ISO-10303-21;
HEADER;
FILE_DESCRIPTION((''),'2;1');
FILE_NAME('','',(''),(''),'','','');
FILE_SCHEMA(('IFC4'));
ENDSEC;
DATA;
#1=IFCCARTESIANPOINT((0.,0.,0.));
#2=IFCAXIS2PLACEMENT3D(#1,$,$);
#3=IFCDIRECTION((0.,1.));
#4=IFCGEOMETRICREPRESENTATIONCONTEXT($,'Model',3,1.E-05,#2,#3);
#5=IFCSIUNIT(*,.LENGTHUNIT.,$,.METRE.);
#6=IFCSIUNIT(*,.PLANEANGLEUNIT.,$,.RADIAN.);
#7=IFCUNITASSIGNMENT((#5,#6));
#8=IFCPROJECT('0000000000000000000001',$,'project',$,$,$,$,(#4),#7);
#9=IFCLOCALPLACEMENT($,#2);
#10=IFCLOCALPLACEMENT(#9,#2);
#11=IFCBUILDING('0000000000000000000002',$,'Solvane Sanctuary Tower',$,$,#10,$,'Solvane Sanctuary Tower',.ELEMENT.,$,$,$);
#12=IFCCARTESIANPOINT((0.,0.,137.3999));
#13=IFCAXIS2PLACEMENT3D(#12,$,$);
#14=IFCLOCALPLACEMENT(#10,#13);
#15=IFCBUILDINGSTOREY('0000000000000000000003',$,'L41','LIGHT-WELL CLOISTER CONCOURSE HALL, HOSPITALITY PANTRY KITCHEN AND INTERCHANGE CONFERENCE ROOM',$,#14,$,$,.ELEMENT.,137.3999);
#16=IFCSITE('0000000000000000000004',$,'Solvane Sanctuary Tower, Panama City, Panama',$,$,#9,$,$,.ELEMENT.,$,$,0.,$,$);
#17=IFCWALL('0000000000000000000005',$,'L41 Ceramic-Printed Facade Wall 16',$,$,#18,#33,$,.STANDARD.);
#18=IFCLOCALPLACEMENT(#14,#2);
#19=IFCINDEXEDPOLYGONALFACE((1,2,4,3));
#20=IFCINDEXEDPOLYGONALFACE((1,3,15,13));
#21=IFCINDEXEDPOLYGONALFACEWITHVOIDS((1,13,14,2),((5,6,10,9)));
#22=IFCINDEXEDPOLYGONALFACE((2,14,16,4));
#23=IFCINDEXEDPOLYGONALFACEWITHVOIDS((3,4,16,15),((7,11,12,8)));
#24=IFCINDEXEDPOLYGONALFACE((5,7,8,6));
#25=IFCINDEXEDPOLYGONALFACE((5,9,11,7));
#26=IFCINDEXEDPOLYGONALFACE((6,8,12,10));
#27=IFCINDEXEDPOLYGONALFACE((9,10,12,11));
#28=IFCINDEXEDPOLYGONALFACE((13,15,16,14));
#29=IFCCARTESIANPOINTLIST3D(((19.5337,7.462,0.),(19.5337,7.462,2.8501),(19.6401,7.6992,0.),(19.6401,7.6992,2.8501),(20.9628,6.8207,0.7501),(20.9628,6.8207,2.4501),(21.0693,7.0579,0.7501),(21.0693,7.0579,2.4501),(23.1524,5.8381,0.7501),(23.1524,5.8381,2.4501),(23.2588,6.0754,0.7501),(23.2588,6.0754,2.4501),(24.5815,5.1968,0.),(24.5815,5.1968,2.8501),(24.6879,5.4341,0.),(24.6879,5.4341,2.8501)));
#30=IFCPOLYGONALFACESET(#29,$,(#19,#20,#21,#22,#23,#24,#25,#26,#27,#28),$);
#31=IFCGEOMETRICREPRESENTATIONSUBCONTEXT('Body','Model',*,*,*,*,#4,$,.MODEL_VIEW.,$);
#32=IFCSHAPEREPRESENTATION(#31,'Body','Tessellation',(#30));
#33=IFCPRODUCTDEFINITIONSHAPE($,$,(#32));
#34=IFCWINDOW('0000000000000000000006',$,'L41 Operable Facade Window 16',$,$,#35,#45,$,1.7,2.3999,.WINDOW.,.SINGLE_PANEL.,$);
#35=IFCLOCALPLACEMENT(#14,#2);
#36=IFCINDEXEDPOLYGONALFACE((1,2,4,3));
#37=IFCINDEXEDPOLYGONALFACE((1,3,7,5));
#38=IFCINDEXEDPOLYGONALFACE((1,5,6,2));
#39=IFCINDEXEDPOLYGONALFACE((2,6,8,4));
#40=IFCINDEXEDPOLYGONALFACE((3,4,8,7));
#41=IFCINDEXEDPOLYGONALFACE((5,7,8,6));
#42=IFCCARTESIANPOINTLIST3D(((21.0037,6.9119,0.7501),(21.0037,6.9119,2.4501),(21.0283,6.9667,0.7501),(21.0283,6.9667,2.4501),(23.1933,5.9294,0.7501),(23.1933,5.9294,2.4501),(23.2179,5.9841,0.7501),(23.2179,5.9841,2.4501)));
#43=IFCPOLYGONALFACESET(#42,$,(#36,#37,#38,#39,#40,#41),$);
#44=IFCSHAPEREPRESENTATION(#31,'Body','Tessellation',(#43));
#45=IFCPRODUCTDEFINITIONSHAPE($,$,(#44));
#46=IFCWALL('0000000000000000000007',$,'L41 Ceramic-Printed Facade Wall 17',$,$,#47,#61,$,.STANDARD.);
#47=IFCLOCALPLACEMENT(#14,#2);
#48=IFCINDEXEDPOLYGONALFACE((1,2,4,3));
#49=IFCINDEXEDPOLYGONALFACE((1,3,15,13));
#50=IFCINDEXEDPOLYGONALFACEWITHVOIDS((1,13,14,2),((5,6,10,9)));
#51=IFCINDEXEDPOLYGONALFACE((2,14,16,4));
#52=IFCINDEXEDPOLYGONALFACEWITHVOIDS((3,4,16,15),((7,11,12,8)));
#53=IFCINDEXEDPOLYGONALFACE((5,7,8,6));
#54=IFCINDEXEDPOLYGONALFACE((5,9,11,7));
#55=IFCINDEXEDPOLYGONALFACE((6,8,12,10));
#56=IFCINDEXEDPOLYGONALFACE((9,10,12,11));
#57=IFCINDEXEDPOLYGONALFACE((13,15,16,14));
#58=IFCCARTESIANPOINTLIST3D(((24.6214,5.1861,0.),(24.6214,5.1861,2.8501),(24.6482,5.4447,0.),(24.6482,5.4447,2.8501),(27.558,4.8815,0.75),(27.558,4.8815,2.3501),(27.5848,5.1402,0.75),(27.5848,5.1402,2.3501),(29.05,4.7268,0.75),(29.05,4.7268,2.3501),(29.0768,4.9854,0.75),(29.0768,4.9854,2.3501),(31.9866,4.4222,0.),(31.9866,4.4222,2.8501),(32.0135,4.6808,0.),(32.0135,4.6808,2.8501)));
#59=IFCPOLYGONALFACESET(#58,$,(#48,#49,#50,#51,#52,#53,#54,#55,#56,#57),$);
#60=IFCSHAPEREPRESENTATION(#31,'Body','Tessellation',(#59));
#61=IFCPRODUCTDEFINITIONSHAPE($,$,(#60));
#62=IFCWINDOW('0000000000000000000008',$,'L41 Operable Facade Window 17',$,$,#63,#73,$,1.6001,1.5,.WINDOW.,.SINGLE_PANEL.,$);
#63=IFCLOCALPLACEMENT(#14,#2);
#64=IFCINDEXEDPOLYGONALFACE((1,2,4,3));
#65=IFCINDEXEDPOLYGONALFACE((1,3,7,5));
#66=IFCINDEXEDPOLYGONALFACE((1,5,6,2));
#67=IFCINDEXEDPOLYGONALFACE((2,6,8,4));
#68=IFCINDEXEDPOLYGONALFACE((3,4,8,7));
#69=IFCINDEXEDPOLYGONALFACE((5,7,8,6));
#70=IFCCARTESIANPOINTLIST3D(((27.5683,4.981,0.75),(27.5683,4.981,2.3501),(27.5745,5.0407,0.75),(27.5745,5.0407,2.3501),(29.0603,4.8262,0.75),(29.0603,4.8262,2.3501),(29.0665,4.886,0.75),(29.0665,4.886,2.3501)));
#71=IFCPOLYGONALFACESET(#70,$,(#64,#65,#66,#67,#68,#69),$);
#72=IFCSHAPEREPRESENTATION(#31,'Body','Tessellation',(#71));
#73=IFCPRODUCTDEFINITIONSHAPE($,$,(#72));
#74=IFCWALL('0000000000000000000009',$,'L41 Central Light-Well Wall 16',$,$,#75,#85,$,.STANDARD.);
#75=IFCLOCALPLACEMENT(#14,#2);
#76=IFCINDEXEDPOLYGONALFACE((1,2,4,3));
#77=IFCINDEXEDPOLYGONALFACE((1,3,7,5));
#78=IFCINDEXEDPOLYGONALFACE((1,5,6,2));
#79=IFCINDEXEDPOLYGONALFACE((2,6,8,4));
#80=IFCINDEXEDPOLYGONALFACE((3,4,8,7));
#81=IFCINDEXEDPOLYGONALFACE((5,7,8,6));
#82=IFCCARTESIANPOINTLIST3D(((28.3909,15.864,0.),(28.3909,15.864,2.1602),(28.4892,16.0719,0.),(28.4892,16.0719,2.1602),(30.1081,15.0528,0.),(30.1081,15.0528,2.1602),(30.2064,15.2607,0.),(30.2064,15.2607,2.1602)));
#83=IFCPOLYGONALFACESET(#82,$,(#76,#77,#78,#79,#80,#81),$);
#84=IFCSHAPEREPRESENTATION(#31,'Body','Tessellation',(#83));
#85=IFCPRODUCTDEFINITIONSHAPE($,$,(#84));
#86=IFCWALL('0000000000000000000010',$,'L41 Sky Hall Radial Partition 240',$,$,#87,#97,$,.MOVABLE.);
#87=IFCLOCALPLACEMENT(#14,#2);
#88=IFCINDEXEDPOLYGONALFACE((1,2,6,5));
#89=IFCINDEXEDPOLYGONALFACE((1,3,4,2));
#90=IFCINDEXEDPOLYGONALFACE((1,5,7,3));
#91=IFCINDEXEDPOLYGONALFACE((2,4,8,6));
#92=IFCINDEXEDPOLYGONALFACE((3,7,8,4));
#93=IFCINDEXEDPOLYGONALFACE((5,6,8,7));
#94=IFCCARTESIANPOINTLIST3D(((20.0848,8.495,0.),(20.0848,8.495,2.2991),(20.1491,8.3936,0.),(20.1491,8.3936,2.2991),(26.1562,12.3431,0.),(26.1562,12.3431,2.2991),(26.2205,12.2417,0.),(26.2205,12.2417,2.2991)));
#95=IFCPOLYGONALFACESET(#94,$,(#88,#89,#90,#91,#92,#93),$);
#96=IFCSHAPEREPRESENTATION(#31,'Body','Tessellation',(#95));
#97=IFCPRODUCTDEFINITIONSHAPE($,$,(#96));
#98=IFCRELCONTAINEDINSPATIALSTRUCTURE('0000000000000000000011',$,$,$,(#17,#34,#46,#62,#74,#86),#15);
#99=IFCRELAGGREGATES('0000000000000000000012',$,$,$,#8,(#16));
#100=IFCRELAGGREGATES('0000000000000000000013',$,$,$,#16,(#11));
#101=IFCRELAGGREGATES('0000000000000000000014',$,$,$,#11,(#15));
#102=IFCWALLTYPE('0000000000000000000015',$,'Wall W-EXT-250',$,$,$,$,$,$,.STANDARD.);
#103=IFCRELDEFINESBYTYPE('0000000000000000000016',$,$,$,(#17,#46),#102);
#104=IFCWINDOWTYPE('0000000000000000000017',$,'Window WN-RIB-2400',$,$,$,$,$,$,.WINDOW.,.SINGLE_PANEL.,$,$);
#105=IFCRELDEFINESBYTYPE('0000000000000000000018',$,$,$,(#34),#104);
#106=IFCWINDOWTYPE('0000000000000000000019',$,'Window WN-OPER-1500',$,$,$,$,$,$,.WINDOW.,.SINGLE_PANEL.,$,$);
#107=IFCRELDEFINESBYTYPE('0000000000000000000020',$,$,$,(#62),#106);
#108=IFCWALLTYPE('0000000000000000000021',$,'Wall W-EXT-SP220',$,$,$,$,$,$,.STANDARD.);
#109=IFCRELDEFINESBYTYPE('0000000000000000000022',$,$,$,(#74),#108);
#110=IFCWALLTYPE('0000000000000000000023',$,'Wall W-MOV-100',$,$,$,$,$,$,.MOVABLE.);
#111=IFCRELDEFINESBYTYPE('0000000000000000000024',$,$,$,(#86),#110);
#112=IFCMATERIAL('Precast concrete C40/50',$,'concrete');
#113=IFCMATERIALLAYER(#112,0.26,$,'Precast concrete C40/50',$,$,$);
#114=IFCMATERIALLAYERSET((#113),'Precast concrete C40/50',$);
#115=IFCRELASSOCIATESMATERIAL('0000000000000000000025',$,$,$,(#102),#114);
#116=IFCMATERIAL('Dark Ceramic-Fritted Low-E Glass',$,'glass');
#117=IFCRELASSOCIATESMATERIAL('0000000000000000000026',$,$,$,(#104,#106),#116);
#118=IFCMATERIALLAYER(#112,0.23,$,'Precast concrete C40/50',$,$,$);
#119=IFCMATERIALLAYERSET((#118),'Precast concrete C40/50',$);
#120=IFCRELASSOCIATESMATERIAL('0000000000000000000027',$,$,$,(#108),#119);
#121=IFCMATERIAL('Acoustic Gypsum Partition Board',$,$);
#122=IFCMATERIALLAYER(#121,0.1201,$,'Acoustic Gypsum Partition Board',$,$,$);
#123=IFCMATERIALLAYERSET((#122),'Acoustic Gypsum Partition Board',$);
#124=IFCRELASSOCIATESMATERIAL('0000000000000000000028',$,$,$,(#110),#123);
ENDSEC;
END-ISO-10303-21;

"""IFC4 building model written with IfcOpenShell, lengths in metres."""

from ifc_helpers import new_model, si_unit, direction, frame, frame_2d, origin, place, context, subcontext, project, spatial, rectangle, extrude, material, layer, layer_set, type_object, element, fill, save


model = new_model("IFC4")

# Units and contexts
model_context = context("Model", 3, precision=1e-05, world=origin(), true_north=direction((0.0, 1.0)))
body_context = subcontext(model_context, "Body", "Model", "MODEL_VIEW")
ifc_project = project(units=[si_unit("LENGTHUNIT", "METRE"), si_unit("PLANEANGLEUNIT", "RADIAN")], contexts=[model_context])

# Site, building, storey
site_placement = place(None, origin())
site = spatial("IfcSite", under=ifc_project, at=site_placement, Name="Solvane Sanctuary Tower, Panama City, Panama", CompositionType="ELEMENT", RefElevation=0.0)
building_placement = place(site_placement, origin())
building = spatial("IfcBuilding", under=site, at=building_placement, Name="Solvane Sanctuary Tower", LongName="Solvane Sanctuary Tower", CompositionType="ELEMENT")
storey_placement = place(building_placement, frame((0.0, 0.0, 137.3999)))
storey = spatial("IfcBuildingStorey", under=building, at=storey_placement, Name="L41", Description="LIGHT-WELL CLOISTER CONCOURSE HALL, HOSPITALITY PANTRY KITCHEN AND INTERCHANGE CONFERENCE ROOM", CompositionType="ELEMENT", Elevation=137.3999)

# Shared definitions
ifc_material_1 = material(Name="Acoustic Gypsum Partition Board")

# Walls, openings, windows
ifc_material_2 = material(Name="Precast concrete C40/50", Category="concrete")
ifc_layer_1 = layer(ifc_material_2, 0.26, Name="Precast concrete C40/50")
ifc_layer_set_1 = layer_set([ifc_layer_1], Name="Precast concrete C40/50")
wall_type_1 = type_object("IfcWallType", Name="Wall W-EXT-250", PredefinedType="STANDARD", material=ifc_layer_set_1)
wall_1_placement = place(storey_placement, frame((19.5869, 7.5806, 0.0), z_axis=(0.0, 0.0, 1.0), x_axis=(0.912354, -0.409403, 0.0)))
wall_1 = element("IfcWall", 1, at=wall_1_placement, inside=storey, type_object=wall_type_1, Name="L41 Ceramic-Printed Facade Wall 16", PredefinedType="STANDARD", context=body_context, shape_type="SweptSolid", body=[
    extrude(rectangle(XDim=5.5327, YDim=0.26, at=frame_2d((2.7664, 0.0))), origin(), (0.0, 0.0, 1.0), 2.8501),
])
opening_1_placement = place(wall_1_placement, frame((1.5664, 0.0, 0.75)))
opening_1 = element("IfcOpeningElement", 2, at=opening_1_placement, cuts=wall_1, PredefinedType="OPENING", context=body_context, shape_type="SweptSolid", body=[
    extrude(rectangle(XDim=2.3999, YDim=1.7, at=frame_2d((1.2, 0.8501))), frame((0.0, 0.1399, 0.0), z_axis=(0.0, -1.0, 0.0), x_axis=(1.0, 0.0, 0.0)), (0.0, 0.0, 1.0), 0.28),
])
ifc_material_3 = material(Name="Dark Ceramic-Fritted Low-E Glass", Category="glass")
window_type_1 = type_object("IfcWindowType", Name="Window WN-RIB-2400", PartitioningType="SINGLE_PANEL", PredefinedType="WINDOW", material=ifc_material_3)
window_1_placement = place(opening_1_placement, origin())
window_1 = element("IfcWindow", 3, at=window_1_placement, inside=storey, type_object=window_type_1, Name="L41 Operable Facade Window 16", OverallHeight=1.7, OverallWidth=2.3999, PartitioningType="SINGLE_PANEL", PredefinedType="WINDOW", context=body_context, shape_type="SweptSolid", body=[
    extrude(rectangle(XDim=2.3999, YDim=1.7, at=frame_2d((1.2, 0.8501))), frame((0.0, 0.03, 0.0), z_axis=(0.0, -1.0, 0.0), x_axis=(1.0, 0.0, 0.0)), (0.0, 0.0, 1.0), 0.0601),
])
fill(opening_1, window_1)
wall_2_placement = place(storey_placement, frame((24.6348, 5.3154, 0.0), z_axis=(0.0, 0.0, 1.0), x_axis=(0.994664, -0.103166, 0.0)))
wall_2 = element("IfcWall", 4, at=wall_2_placement, inside=storey, type_object=wall_type_1, Name="L41 Ceramic-Printed Facade Wall 17", PredefinedType="STANDARD", context=body_context, shape_type="SweptSolid", body=[
    extrude(rectangle(XDim=7.4048, YDim=0.26, at=frame_2d((3.7024, 0.0))), origin(), (0.0, 0.0, 1.0), 2.8501),
])
opening_2_placement = place(wall_2_placement, frame((2.9524, 0.0, 0.75)))
opening_2 = element("IfcOpeningElement", 5, at=opening_2_placement, cuts=wall_2, PredefinedType="OPENING", context=body_context, shape_type="SweptSolid", body=[
    extrude(rectangle(XDim=1.5, YDim=1.6001, at=frame_2d((0.75, 0.8))), frame((0.0, 0.1399, 0.0), z_axis=(0.0, -1.0, 0.0), x_axis=(1.0, 0.0, 0.0)), (0.0, 0.0, 1.0), 0.28),
])
window_type_2 = type_object("IfcWindowType", Name="Window WN-OPER-1500", PartitioningType="SINGLE_PANEL", PredefinedType="WINDOW", material=ifc_material_3)
window_2_placement = place(opening_2_placement, origin())
window_2 = element("IfcWindow", 6, at=window_2_placement, inside=storey, type_object=window_type_2, Name="L41 Operable Facade Window 17", OverallHeight=1.6001, OverallWidth=1.5, PartitioningType="SINGLE_PANEL", PredefinedType="WINDOW", context=body_context, shape_type="SweptSolid", body=[
    extrude(rectangle(XDim=1.5, YDim=1.6001, at=frame_2d((0.75, 0.8))), frame((0.0, 0.03, 0.0), z_axis=(0.0, -1.0, 0.0), x_axis=(1.0, 0.0, 0.0)), (0.0, 0.0, 1.0), 0.0601),
])
fill(opening_2, window_2)

# Walls
ifc_layer_2 = layer(ifc_material_2, 0.23, Name="Precast concrete C40/50")
ifc_layer_set_2 = layer_set([ifc_layer_2], Name="Precast concrete C40/50")
wall_type_2 = type_object("IfcWallType", Name="Wall W-EXT-SP220", PredefinedType="STANDARD", material=ifc_layer_set_2)
wall_3_placement = place(storey_placement, frame((28.4399, 15.968, 0.0), z_axis=(0.0, 0.0, 1.0), x_axis=(0.90418, -0.427152, 0.0)))
element("IfcWall", 7, at=wall_3_placement, inside=storey, type_object=wall_type_2, Name="L41 Central Light-Well Wall 16", PredefinedType="STANDARD", context=body_context, shape_type="SweptSolid", body=[
    extrude(rectangle(XDim=1.8992, YDim=0.23, at=frame_2d((0.9497, 0.0))), origin(), (0.0, 0.0, 1.0), 2.1602),
])
ifc_layer_3 = layer(ifc_material_1, 0.1201, Name="Acoustic Gypsum Partition Board")
ifc_layer_set_3 = layer_set([ifc_layer_3], Name="Acoustic Gypsum Partition Board")
wall_type_3 = type_object("IfcWallType", Name="Wall W-MOV-100", PredefinedType="MOVABLE", material=ifc_layer_set_3)
wall_4_placement = place(storey_placement, frame((26.1885, 12.2925, 0.0), z_axis=(0.0, 0.0, 1.0), x_axis=(-0.84464, -0.535334, 0.0)))
element("IfcWall", 8, at=wall_4_placement, inside=storey, type_object=wall_type_3, Name="L41 Sky Hall Radial Partition 240", PredefinedType="MOVABLE", context=body_context, shape_type="SweptSolid", body=[
    extrude(rectangle(XDim=7.1882, YDim=0.1201, at=frame_2d((3.5942, 0.0))), origin(), (0.0, 0.0, 1.0), 2.2991),
])

save(model, "model.ifc")
